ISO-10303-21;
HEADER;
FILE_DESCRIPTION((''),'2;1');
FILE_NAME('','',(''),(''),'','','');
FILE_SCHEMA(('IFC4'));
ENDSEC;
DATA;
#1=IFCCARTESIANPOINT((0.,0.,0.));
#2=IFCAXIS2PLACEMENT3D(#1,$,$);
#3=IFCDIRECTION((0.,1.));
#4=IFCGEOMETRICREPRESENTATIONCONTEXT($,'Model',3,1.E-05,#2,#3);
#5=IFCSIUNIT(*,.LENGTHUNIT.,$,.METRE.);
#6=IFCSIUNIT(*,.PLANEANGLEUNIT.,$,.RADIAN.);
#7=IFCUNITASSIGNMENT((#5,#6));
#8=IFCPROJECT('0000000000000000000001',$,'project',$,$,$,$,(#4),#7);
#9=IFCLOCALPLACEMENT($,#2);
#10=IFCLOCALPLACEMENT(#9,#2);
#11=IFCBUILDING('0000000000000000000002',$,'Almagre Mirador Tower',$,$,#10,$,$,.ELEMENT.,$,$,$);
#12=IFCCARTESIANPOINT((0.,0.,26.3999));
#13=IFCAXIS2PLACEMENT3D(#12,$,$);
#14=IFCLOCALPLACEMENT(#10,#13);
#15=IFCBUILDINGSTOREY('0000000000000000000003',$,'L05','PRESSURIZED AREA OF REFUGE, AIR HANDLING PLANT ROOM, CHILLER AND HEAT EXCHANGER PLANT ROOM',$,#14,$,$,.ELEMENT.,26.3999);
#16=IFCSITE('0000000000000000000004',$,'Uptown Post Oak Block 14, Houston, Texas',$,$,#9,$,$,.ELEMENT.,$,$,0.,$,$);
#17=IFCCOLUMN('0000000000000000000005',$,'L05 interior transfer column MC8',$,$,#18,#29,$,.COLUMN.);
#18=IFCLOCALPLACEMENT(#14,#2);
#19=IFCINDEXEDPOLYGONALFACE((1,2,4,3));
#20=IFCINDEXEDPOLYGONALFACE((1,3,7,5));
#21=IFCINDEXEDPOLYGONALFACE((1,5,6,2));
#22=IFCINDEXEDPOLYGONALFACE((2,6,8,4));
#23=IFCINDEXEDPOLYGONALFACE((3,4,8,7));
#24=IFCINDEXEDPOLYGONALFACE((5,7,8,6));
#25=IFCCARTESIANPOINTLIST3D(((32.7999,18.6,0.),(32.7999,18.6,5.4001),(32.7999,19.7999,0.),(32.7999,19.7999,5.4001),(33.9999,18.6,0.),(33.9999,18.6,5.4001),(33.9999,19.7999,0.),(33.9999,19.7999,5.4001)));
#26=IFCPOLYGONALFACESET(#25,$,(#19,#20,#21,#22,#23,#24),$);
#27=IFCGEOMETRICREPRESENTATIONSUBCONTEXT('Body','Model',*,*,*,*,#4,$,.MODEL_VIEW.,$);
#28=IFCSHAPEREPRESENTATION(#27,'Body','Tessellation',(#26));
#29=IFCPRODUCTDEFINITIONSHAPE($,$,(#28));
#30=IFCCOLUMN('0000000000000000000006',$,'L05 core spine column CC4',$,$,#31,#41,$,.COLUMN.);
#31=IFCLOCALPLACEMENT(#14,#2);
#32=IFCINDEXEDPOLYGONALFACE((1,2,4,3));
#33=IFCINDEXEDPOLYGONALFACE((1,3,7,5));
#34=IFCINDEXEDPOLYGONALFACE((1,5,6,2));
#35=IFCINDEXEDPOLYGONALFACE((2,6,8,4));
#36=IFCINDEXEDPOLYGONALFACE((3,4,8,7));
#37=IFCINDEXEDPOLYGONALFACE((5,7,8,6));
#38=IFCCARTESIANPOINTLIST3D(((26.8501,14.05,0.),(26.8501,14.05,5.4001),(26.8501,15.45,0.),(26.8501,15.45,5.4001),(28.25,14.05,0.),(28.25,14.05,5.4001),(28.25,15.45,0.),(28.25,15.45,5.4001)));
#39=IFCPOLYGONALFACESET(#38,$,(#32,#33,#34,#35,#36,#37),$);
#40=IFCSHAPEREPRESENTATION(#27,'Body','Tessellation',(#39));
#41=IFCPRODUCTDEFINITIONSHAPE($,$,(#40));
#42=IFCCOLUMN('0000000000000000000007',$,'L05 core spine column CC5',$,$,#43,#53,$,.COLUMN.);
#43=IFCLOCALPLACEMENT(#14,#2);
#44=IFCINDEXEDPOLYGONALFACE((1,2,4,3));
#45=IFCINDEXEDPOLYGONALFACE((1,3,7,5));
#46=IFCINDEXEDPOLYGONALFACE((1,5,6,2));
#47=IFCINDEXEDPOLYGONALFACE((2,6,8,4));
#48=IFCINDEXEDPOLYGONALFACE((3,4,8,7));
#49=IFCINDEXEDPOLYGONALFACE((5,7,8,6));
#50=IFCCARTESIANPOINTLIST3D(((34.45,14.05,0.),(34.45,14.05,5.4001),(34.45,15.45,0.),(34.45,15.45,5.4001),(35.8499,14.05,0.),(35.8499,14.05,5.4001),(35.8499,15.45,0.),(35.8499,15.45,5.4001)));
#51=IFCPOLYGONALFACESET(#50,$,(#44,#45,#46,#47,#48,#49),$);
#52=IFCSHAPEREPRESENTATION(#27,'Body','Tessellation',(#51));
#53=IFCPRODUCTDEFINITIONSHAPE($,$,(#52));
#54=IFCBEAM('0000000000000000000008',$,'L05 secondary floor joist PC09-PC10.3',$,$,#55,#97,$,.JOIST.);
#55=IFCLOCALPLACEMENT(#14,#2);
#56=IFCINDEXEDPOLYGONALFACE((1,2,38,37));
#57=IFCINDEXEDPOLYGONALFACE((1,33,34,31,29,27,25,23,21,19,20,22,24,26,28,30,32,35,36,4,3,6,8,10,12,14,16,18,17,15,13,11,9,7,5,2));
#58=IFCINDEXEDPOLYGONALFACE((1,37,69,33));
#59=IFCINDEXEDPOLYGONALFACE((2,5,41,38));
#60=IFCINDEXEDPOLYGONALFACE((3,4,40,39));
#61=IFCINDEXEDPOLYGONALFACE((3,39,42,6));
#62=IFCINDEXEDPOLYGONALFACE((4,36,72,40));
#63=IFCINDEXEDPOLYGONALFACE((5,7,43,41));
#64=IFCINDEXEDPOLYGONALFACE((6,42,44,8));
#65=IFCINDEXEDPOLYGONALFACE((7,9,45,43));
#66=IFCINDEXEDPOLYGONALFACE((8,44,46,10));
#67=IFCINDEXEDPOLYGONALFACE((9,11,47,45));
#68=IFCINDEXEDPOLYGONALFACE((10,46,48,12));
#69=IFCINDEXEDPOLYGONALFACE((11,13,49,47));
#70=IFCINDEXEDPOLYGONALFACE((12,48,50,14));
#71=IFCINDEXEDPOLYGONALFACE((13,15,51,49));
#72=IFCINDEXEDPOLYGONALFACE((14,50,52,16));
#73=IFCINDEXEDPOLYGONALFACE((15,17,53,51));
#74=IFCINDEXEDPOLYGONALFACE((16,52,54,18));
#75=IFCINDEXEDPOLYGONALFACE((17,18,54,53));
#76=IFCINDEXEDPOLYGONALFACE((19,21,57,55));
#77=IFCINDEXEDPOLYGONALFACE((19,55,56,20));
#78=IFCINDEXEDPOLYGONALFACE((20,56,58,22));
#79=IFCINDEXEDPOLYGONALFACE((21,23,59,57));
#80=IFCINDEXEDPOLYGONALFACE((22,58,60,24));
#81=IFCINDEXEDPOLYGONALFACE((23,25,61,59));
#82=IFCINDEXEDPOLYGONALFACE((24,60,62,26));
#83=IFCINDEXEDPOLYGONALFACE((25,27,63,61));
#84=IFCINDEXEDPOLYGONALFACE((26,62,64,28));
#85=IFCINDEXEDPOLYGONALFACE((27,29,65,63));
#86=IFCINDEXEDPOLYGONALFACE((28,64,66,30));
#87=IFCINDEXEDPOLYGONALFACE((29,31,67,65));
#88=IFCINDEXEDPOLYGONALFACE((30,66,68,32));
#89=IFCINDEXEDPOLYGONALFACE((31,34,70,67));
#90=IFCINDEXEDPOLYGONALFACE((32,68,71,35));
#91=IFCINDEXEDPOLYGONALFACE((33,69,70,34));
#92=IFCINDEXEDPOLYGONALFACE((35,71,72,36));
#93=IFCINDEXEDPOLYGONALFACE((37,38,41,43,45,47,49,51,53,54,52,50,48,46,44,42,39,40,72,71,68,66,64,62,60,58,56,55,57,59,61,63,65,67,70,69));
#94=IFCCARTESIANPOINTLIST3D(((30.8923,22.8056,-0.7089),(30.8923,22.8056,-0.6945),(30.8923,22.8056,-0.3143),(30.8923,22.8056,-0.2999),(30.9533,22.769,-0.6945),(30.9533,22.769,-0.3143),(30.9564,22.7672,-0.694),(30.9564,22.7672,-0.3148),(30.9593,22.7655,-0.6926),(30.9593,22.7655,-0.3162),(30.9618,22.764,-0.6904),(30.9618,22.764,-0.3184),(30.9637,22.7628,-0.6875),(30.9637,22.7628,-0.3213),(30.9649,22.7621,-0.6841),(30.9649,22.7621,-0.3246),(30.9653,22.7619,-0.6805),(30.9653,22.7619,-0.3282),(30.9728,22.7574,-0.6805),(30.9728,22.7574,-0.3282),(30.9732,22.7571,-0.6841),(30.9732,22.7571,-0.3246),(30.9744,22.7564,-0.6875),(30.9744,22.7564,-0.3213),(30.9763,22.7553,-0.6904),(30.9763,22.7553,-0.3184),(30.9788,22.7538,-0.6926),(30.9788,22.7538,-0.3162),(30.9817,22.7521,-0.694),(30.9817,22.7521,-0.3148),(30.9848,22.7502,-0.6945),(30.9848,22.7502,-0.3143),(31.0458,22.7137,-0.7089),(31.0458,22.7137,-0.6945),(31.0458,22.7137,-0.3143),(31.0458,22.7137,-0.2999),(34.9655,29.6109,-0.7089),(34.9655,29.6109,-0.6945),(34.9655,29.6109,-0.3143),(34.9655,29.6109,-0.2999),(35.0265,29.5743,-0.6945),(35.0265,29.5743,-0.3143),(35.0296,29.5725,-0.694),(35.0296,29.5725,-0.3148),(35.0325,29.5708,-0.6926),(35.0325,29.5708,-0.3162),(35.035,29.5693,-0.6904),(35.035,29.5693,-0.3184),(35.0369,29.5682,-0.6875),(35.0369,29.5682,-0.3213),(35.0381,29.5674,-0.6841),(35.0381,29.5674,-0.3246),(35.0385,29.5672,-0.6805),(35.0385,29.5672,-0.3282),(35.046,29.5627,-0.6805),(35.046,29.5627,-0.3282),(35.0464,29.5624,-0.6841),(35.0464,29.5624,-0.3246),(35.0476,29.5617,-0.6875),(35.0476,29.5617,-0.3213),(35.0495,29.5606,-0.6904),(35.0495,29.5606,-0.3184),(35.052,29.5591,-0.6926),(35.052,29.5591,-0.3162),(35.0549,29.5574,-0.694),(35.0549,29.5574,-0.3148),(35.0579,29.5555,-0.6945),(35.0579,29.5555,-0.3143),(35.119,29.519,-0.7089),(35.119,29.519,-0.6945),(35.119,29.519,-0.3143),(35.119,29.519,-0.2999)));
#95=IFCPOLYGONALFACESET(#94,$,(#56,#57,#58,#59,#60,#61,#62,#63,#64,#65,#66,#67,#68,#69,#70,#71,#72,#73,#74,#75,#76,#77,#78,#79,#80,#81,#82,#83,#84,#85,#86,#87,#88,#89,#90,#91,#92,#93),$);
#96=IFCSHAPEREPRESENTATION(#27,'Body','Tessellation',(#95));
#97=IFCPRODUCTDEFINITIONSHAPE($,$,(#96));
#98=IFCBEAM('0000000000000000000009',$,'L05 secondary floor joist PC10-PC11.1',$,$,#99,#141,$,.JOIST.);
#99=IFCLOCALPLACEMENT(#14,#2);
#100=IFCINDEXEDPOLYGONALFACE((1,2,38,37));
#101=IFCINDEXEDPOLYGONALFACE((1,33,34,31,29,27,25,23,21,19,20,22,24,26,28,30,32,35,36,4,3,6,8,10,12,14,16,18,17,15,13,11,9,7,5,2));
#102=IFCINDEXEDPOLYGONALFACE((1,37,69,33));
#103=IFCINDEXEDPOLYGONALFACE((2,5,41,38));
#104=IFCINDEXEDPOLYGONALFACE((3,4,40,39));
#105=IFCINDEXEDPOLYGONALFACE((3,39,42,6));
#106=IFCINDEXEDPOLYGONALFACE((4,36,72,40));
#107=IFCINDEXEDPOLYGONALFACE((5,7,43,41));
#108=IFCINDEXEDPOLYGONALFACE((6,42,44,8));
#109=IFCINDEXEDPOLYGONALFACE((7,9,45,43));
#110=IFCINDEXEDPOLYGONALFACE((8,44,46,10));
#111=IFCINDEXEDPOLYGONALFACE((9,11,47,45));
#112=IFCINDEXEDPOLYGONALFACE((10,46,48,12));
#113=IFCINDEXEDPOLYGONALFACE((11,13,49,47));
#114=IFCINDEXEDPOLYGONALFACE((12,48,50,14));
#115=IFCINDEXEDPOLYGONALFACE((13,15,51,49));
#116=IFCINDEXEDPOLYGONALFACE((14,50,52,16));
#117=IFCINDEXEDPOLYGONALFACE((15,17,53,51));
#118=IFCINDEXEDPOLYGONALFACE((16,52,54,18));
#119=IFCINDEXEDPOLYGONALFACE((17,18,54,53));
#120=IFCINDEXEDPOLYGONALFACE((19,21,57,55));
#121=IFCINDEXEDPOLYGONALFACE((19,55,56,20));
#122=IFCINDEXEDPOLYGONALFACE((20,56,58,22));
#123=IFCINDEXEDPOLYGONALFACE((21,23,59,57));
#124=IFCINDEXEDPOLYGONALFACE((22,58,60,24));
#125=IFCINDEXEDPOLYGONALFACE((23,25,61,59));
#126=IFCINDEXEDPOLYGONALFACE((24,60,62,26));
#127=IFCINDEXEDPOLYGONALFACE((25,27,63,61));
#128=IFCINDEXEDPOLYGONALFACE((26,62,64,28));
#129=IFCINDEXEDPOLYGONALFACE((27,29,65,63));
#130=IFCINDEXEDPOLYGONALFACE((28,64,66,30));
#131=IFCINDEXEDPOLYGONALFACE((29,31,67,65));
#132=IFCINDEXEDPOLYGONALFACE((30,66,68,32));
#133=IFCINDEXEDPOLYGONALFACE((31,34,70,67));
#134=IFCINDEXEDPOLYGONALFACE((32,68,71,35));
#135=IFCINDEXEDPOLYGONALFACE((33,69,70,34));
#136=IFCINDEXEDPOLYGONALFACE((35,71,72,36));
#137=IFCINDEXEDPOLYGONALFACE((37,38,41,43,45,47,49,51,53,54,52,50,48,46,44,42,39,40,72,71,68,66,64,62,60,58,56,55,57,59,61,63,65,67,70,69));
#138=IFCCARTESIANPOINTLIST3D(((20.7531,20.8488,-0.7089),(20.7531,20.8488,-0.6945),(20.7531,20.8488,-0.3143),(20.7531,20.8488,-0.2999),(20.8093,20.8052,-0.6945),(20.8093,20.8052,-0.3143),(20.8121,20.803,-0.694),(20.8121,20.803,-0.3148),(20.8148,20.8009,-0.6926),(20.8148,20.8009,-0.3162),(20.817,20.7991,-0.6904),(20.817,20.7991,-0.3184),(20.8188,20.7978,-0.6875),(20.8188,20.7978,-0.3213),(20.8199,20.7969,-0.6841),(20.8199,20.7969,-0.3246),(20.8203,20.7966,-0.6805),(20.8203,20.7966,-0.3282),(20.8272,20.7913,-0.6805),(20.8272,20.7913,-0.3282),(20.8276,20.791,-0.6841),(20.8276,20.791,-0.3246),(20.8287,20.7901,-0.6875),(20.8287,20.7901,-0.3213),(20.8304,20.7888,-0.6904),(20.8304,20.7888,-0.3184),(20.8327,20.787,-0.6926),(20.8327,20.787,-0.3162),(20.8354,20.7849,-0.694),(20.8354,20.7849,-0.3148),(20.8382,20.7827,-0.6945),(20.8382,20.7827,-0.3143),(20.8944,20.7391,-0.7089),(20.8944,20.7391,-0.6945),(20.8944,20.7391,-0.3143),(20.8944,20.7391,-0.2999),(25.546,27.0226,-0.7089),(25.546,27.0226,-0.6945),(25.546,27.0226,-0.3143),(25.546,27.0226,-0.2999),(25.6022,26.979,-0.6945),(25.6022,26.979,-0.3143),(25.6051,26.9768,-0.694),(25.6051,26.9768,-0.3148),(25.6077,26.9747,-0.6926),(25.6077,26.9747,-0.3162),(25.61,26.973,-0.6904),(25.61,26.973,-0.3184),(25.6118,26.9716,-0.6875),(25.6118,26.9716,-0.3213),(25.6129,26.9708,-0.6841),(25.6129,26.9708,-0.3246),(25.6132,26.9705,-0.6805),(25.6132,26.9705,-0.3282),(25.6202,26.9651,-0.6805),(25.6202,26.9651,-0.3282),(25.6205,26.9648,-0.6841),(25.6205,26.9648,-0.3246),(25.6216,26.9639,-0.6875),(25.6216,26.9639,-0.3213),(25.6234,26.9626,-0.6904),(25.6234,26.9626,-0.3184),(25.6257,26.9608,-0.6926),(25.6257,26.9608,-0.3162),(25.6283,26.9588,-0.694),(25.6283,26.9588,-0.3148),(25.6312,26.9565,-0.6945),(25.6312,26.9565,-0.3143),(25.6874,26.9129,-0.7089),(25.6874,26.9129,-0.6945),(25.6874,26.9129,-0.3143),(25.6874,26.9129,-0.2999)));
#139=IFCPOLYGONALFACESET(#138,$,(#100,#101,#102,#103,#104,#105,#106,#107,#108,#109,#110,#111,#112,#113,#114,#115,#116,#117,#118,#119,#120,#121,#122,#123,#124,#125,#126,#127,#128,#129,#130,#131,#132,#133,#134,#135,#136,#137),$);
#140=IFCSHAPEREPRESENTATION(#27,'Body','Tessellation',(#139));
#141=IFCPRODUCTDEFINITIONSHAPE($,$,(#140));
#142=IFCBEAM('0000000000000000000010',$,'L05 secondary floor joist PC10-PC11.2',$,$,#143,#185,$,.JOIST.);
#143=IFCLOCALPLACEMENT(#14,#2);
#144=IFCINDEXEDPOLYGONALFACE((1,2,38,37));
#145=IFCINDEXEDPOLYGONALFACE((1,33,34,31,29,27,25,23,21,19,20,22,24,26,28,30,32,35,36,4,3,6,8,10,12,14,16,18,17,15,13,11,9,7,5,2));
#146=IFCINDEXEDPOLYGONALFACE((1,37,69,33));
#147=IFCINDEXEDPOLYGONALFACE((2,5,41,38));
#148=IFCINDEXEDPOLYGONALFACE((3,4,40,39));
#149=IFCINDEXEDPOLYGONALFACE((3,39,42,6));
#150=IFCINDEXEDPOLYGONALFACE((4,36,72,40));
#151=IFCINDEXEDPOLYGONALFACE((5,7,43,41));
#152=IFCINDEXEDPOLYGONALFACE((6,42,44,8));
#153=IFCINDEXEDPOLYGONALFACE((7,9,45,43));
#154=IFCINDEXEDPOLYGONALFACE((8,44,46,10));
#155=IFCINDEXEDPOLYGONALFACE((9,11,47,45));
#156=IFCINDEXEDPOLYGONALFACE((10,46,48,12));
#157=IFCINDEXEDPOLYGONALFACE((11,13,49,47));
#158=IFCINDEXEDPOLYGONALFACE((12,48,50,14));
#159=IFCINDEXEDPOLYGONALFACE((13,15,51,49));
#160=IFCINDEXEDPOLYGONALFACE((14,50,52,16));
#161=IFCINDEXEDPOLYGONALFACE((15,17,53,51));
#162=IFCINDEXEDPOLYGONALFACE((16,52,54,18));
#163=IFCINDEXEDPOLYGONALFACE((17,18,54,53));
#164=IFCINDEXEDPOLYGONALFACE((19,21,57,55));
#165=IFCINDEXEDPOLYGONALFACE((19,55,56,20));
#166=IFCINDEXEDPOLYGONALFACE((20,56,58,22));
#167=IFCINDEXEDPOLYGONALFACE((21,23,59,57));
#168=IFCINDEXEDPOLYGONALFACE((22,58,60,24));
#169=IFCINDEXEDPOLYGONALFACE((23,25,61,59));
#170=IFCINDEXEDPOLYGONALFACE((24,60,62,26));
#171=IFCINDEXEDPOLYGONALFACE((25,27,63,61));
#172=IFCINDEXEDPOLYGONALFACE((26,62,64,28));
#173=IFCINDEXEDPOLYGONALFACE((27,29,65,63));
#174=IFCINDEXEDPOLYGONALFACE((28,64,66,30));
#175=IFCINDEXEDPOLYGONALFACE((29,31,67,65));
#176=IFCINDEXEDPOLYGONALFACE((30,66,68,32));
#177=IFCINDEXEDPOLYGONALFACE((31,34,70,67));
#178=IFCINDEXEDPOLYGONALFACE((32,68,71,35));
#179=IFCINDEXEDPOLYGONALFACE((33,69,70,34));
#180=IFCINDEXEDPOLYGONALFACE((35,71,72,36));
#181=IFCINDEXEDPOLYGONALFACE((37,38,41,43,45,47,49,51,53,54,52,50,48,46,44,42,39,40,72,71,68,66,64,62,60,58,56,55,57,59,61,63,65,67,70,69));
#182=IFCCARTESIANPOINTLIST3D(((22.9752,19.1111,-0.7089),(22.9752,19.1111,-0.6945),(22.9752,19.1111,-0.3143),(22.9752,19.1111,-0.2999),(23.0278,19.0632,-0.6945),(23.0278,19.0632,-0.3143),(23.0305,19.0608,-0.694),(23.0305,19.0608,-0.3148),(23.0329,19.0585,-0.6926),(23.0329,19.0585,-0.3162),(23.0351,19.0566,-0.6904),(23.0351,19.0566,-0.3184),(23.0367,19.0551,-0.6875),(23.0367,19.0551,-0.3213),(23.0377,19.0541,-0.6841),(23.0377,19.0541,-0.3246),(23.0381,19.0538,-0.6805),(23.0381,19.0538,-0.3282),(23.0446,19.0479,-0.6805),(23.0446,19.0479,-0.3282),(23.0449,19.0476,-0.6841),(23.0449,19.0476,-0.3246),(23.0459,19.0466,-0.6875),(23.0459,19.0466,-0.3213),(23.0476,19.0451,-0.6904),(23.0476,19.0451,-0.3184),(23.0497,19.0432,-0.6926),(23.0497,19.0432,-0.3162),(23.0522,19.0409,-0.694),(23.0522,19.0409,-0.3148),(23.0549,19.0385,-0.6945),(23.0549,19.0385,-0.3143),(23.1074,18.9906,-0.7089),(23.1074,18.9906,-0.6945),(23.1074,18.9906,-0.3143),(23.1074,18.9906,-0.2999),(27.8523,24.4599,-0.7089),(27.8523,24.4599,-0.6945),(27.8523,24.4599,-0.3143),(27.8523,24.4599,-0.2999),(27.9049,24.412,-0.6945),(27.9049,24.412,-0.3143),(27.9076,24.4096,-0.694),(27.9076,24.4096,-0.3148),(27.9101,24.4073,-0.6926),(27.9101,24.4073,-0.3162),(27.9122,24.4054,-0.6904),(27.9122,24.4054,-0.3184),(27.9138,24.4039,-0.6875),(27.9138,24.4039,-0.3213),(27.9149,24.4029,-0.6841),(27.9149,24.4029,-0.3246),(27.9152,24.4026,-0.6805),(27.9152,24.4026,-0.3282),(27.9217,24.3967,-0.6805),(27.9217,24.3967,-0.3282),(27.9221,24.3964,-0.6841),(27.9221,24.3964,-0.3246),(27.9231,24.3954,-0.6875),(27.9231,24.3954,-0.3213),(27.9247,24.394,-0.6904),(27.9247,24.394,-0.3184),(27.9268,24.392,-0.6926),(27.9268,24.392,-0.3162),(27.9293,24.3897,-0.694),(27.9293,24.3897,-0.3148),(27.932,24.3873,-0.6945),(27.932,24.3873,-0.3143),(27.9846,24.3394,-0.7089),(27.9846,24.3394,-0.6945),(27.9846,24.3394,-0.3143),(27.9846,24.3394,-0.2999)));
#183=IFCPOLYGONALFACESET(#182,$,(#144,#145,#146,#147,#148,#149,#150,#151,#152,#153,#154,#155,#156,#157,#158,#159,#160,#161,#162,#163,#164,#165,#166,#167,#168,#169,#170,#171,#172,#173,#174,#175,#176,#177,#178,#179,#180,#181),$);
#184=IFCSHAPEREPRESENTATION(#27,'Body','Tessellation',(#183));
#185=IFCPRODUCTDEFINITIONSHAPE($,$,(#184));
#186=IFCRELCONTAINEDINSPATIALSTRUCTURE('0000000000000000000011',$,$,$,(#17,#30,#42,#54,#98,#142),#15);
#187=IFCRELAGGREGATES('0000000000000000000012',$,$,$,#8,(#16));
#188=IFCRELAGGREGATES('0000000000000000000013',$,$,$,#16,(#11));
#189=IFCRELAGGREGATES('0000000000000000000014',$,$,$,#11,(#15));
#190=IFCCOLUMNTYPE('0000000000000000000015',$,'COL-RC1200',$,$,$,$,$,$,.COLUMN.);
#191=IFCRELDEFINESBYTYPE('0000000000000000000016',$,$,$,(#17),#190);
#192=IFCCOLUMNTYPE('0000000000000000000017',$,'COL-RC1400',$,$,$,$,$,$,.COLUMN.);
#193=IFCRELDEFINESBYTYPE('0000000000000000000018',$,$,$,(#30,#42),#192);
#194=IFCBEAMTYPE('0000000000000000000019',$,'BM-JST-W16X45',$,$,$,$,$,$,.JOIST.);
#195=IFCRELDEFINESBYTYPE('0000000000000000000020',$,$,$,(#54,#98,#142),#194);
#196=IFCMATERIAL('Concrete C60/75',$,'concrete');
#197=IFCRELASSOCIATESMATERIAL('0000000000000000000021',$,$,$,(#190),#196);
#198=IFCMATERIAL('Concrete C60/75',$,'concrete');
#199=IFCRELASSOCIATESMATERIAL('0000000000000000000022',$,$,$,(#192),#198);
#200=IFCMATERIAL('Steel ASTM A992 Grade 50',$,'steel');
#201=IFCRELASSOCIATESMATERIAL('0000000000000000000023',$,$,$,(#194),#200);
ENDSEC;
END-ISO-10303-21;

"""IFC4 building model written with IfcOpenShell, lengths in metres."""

from ifc_helpers import new_model, si_unit, direction, frame, origin, origin_2d, place, context, subcontext, project, spatial, rectangle, i_section, extrude, material, material_profile, profile_set, type_object, element, save


model = new_model("IFC4")

# Units and contexts
model_context = context("Model", 3, precision=1e-05, world=origin(), true_north=direction((0.0, 1.0)))
body_context = subcontext(model_context, "Body", "Model", "MODEL_VIEW")
ifc_project = project(units=[si_unit("LENGTHUNIT", "METRE"), si_unit("PLANEANGLEUNIT", "RADIAN")], contexts=[model_context])

# Site, building, storey
site_placement = place(None, origin())
site = spatial("IfcSite", under=ifc_project, at=site_placement, Name="Uptown Post Oak Block 14, Houston, Texas", CompositionType="ELEMENT", RefElevation=0.0)
building_placement = place(site_placement, origin())
building = spatial("IfcBuilding", under=site, at=building_placement, Name="Almagre Mirador Tower", CompositionType="ELEMENT")
storey_placement = place(building_placement, frame((0.0, 0.0, 26.3999)))
storey = spatial("IfcBuildingStorey", under=building, at=storey_placement, Name="L05", Description="PRESSURIZED AREA OF REFUGE, AIR HANDLING PLANT ROOM, CHILLER AND HEAT EXCHANGER PLANT ROOM", CompositionType="ELEMENT", Elevation=26.3999)

# Columns
ifc_material_1 = material(Name="Concrete C60/75", Category="concrete")
ifc_material_profile_1 = material_profile(ifc_material_1, rectangle(XDim=1.2, YDim=1.2, at=origin_2d()), Name="RC1200X1200")
ifc_profile_set_1 = profile_set([ifc_material_profile_1], Name="Concrete C60/75")
column_type_1 = type_object("IfcColumnType", Name="COL-RC1200", PredefinedType="COLUMN", material=ifc_profile_set_1)
column_placement = place(storey_placement, frame((33.3999, 19.2, 0.0), z_axis=(0.0, 0.0, 1.0), x_axis=(1.0, 0.0, 0.0)))
element("IfcColumn", 1, at=column_placement, inside=storey, type_object=column_type_1, Name="L05 interior transfer column MC8", PredefinedType="COLUMN", context=body_context, shape_type="SweptSolid", body=[
    extrude(rectangle(XDim=1.2, YDim=1.2, at=origin_2d()), origin(), (0.0, 0.0, 1.0), 5.4001),
])
ifc_material_2 = material(Name="Concrete C60/75", Category="concrete")
ifc_material_profile_2 = material_profile(ifc_material_2, rectangle(XDim=1.3999, YDim=1.3999, at=origin_2d()), Name="RC1400X1400")
ifc_profile_set_2 = profile_set([ifc_material_profile_2], Name="Concrete C60/75")
column_type_2 = type_object("IfcColumnType", Name="COL-RC1400", PredefinedType="COLUMN", material=ifc_profile_set_2)
for number, where, z_axis, x_axis, name in (
    (2, (27.55, 14.75, 0.0), (0.0, 0.0, 1.0), (1.0, 0.0, 0.0), "L05 core spine column CC4"),
    (3, (35.1499, 14.75, 0.0), (0.0, 0.0, 1.0), (1.0, 0.0, 0.0), "L05 core spine column CC5"),
):
    element("IfcColumn", number, at=place(storey_placement, frame(where, z_axis=z_axis, x_axis=x_axis)), inside=storey, type_object=column_type_2, Name=name, PredefinedType="COLUMN", context=body_context, shape_type="SweptSolid", body=[
        extrude(rectangle(XDim=1.3999, YDim=1.3999, at=origin_2d()), origin(), (0.0, 0.0, 1.0), 5.4001),
    ])

# Beams
ifc_material_3 = material(Name="Steel ASTM A992 Grade 50", Category="steel")
ifc_material_profile_3 = material_profile(ifc_material_3, i_section(OverallWidth=0.179, OverallDepth=0.4089, WebThickness=0.0088, FlangeThickness=0.0144, FilletRadius=0.0139, at=origin_2d()), Name="W16X45")
ifc_profile_set_3 = profile_set([ifc_material_profile_3], Name="Steel ASTM A992 Grade 50")
beam_type_1 = type_object("IfcBeamType", Name="BM-JST-W16X45", PredefinedType="JOIST", material=ifc_profile_set_3)
beam_1_placement = place(storey_placement, frame((35.0422, 29.5649, -0.5044), z_axis=(-0.513567, -0.858049, 0.0), x_axis=(0.858049, -0.513567, 0.0)))
element("IfcBeam", 4, at=beam_1_placement, inside=storey, type_object=beam_type_1, Name="L05 secondary floor joist PC09-PC10.3", PredefinedType="JOIST", context=body_context, shape_type="SweptSolid", body=[
    extrude(i_section(OverallWidth=0.179, OverallDepth=0.4089, WebThickness=0.0088, FlangeThickness=0.0144, FilletRadius=0.0139, at=origin_2d()), origin(), (0.0, 0.0, 1.0), 7.9312),
])
beam_2_placement = place(storey_placement, frame((25.6167, 26.9678, -0.5044), z_axis=(-0.613231, -0.789904, 0.0), x_axis=(0.789904, -0.613231, 0.0)))
element("IfcBeam", 5, at=beam_2_placement, inside=storey, type_object=beam_type_1, Name="L05 secondary floor joist PC10-PC11.1", PredefinedType="JOIST", context=body_context, shape_type="SweptSolid", body=[
    extrude(i_section(OverallWidth=0.179, OverallDepth=0.4089, WebThickness=0.0088, FlangeThickness=0.0144, FilletRadius=0.0139, at=origin_2d()), origin(), (0.0, 0.0, 1.0), 7.8159),
])
beam_3_placement = place(storey_placement, frame((27.9185, 24.3997, -0.5044), z_axis=(-0.673775, -0.738937, 0.0), x_axis=(0.738937, -0.673775, 0.0)))
element("IfcBeam", 6, at=beam_3_placement, inside=storey, type_object=beam_type_1, Name="L05 secondary floor joist PC10-PC11.2", PredefinedType="JOIST", context=body_context, shape_type="SweptSolid", body=[
    extrude(i_section(OverallWidth=0.179, OverallDepth=0.4089, WebThickness=0.0088, FlangeThickness=0.0144, FilletRadius=0.0139, at=origin_2d()), origin(), (0.0, 0.0, 1.0), 7.2385),
])

save(model, "model.ifc")
